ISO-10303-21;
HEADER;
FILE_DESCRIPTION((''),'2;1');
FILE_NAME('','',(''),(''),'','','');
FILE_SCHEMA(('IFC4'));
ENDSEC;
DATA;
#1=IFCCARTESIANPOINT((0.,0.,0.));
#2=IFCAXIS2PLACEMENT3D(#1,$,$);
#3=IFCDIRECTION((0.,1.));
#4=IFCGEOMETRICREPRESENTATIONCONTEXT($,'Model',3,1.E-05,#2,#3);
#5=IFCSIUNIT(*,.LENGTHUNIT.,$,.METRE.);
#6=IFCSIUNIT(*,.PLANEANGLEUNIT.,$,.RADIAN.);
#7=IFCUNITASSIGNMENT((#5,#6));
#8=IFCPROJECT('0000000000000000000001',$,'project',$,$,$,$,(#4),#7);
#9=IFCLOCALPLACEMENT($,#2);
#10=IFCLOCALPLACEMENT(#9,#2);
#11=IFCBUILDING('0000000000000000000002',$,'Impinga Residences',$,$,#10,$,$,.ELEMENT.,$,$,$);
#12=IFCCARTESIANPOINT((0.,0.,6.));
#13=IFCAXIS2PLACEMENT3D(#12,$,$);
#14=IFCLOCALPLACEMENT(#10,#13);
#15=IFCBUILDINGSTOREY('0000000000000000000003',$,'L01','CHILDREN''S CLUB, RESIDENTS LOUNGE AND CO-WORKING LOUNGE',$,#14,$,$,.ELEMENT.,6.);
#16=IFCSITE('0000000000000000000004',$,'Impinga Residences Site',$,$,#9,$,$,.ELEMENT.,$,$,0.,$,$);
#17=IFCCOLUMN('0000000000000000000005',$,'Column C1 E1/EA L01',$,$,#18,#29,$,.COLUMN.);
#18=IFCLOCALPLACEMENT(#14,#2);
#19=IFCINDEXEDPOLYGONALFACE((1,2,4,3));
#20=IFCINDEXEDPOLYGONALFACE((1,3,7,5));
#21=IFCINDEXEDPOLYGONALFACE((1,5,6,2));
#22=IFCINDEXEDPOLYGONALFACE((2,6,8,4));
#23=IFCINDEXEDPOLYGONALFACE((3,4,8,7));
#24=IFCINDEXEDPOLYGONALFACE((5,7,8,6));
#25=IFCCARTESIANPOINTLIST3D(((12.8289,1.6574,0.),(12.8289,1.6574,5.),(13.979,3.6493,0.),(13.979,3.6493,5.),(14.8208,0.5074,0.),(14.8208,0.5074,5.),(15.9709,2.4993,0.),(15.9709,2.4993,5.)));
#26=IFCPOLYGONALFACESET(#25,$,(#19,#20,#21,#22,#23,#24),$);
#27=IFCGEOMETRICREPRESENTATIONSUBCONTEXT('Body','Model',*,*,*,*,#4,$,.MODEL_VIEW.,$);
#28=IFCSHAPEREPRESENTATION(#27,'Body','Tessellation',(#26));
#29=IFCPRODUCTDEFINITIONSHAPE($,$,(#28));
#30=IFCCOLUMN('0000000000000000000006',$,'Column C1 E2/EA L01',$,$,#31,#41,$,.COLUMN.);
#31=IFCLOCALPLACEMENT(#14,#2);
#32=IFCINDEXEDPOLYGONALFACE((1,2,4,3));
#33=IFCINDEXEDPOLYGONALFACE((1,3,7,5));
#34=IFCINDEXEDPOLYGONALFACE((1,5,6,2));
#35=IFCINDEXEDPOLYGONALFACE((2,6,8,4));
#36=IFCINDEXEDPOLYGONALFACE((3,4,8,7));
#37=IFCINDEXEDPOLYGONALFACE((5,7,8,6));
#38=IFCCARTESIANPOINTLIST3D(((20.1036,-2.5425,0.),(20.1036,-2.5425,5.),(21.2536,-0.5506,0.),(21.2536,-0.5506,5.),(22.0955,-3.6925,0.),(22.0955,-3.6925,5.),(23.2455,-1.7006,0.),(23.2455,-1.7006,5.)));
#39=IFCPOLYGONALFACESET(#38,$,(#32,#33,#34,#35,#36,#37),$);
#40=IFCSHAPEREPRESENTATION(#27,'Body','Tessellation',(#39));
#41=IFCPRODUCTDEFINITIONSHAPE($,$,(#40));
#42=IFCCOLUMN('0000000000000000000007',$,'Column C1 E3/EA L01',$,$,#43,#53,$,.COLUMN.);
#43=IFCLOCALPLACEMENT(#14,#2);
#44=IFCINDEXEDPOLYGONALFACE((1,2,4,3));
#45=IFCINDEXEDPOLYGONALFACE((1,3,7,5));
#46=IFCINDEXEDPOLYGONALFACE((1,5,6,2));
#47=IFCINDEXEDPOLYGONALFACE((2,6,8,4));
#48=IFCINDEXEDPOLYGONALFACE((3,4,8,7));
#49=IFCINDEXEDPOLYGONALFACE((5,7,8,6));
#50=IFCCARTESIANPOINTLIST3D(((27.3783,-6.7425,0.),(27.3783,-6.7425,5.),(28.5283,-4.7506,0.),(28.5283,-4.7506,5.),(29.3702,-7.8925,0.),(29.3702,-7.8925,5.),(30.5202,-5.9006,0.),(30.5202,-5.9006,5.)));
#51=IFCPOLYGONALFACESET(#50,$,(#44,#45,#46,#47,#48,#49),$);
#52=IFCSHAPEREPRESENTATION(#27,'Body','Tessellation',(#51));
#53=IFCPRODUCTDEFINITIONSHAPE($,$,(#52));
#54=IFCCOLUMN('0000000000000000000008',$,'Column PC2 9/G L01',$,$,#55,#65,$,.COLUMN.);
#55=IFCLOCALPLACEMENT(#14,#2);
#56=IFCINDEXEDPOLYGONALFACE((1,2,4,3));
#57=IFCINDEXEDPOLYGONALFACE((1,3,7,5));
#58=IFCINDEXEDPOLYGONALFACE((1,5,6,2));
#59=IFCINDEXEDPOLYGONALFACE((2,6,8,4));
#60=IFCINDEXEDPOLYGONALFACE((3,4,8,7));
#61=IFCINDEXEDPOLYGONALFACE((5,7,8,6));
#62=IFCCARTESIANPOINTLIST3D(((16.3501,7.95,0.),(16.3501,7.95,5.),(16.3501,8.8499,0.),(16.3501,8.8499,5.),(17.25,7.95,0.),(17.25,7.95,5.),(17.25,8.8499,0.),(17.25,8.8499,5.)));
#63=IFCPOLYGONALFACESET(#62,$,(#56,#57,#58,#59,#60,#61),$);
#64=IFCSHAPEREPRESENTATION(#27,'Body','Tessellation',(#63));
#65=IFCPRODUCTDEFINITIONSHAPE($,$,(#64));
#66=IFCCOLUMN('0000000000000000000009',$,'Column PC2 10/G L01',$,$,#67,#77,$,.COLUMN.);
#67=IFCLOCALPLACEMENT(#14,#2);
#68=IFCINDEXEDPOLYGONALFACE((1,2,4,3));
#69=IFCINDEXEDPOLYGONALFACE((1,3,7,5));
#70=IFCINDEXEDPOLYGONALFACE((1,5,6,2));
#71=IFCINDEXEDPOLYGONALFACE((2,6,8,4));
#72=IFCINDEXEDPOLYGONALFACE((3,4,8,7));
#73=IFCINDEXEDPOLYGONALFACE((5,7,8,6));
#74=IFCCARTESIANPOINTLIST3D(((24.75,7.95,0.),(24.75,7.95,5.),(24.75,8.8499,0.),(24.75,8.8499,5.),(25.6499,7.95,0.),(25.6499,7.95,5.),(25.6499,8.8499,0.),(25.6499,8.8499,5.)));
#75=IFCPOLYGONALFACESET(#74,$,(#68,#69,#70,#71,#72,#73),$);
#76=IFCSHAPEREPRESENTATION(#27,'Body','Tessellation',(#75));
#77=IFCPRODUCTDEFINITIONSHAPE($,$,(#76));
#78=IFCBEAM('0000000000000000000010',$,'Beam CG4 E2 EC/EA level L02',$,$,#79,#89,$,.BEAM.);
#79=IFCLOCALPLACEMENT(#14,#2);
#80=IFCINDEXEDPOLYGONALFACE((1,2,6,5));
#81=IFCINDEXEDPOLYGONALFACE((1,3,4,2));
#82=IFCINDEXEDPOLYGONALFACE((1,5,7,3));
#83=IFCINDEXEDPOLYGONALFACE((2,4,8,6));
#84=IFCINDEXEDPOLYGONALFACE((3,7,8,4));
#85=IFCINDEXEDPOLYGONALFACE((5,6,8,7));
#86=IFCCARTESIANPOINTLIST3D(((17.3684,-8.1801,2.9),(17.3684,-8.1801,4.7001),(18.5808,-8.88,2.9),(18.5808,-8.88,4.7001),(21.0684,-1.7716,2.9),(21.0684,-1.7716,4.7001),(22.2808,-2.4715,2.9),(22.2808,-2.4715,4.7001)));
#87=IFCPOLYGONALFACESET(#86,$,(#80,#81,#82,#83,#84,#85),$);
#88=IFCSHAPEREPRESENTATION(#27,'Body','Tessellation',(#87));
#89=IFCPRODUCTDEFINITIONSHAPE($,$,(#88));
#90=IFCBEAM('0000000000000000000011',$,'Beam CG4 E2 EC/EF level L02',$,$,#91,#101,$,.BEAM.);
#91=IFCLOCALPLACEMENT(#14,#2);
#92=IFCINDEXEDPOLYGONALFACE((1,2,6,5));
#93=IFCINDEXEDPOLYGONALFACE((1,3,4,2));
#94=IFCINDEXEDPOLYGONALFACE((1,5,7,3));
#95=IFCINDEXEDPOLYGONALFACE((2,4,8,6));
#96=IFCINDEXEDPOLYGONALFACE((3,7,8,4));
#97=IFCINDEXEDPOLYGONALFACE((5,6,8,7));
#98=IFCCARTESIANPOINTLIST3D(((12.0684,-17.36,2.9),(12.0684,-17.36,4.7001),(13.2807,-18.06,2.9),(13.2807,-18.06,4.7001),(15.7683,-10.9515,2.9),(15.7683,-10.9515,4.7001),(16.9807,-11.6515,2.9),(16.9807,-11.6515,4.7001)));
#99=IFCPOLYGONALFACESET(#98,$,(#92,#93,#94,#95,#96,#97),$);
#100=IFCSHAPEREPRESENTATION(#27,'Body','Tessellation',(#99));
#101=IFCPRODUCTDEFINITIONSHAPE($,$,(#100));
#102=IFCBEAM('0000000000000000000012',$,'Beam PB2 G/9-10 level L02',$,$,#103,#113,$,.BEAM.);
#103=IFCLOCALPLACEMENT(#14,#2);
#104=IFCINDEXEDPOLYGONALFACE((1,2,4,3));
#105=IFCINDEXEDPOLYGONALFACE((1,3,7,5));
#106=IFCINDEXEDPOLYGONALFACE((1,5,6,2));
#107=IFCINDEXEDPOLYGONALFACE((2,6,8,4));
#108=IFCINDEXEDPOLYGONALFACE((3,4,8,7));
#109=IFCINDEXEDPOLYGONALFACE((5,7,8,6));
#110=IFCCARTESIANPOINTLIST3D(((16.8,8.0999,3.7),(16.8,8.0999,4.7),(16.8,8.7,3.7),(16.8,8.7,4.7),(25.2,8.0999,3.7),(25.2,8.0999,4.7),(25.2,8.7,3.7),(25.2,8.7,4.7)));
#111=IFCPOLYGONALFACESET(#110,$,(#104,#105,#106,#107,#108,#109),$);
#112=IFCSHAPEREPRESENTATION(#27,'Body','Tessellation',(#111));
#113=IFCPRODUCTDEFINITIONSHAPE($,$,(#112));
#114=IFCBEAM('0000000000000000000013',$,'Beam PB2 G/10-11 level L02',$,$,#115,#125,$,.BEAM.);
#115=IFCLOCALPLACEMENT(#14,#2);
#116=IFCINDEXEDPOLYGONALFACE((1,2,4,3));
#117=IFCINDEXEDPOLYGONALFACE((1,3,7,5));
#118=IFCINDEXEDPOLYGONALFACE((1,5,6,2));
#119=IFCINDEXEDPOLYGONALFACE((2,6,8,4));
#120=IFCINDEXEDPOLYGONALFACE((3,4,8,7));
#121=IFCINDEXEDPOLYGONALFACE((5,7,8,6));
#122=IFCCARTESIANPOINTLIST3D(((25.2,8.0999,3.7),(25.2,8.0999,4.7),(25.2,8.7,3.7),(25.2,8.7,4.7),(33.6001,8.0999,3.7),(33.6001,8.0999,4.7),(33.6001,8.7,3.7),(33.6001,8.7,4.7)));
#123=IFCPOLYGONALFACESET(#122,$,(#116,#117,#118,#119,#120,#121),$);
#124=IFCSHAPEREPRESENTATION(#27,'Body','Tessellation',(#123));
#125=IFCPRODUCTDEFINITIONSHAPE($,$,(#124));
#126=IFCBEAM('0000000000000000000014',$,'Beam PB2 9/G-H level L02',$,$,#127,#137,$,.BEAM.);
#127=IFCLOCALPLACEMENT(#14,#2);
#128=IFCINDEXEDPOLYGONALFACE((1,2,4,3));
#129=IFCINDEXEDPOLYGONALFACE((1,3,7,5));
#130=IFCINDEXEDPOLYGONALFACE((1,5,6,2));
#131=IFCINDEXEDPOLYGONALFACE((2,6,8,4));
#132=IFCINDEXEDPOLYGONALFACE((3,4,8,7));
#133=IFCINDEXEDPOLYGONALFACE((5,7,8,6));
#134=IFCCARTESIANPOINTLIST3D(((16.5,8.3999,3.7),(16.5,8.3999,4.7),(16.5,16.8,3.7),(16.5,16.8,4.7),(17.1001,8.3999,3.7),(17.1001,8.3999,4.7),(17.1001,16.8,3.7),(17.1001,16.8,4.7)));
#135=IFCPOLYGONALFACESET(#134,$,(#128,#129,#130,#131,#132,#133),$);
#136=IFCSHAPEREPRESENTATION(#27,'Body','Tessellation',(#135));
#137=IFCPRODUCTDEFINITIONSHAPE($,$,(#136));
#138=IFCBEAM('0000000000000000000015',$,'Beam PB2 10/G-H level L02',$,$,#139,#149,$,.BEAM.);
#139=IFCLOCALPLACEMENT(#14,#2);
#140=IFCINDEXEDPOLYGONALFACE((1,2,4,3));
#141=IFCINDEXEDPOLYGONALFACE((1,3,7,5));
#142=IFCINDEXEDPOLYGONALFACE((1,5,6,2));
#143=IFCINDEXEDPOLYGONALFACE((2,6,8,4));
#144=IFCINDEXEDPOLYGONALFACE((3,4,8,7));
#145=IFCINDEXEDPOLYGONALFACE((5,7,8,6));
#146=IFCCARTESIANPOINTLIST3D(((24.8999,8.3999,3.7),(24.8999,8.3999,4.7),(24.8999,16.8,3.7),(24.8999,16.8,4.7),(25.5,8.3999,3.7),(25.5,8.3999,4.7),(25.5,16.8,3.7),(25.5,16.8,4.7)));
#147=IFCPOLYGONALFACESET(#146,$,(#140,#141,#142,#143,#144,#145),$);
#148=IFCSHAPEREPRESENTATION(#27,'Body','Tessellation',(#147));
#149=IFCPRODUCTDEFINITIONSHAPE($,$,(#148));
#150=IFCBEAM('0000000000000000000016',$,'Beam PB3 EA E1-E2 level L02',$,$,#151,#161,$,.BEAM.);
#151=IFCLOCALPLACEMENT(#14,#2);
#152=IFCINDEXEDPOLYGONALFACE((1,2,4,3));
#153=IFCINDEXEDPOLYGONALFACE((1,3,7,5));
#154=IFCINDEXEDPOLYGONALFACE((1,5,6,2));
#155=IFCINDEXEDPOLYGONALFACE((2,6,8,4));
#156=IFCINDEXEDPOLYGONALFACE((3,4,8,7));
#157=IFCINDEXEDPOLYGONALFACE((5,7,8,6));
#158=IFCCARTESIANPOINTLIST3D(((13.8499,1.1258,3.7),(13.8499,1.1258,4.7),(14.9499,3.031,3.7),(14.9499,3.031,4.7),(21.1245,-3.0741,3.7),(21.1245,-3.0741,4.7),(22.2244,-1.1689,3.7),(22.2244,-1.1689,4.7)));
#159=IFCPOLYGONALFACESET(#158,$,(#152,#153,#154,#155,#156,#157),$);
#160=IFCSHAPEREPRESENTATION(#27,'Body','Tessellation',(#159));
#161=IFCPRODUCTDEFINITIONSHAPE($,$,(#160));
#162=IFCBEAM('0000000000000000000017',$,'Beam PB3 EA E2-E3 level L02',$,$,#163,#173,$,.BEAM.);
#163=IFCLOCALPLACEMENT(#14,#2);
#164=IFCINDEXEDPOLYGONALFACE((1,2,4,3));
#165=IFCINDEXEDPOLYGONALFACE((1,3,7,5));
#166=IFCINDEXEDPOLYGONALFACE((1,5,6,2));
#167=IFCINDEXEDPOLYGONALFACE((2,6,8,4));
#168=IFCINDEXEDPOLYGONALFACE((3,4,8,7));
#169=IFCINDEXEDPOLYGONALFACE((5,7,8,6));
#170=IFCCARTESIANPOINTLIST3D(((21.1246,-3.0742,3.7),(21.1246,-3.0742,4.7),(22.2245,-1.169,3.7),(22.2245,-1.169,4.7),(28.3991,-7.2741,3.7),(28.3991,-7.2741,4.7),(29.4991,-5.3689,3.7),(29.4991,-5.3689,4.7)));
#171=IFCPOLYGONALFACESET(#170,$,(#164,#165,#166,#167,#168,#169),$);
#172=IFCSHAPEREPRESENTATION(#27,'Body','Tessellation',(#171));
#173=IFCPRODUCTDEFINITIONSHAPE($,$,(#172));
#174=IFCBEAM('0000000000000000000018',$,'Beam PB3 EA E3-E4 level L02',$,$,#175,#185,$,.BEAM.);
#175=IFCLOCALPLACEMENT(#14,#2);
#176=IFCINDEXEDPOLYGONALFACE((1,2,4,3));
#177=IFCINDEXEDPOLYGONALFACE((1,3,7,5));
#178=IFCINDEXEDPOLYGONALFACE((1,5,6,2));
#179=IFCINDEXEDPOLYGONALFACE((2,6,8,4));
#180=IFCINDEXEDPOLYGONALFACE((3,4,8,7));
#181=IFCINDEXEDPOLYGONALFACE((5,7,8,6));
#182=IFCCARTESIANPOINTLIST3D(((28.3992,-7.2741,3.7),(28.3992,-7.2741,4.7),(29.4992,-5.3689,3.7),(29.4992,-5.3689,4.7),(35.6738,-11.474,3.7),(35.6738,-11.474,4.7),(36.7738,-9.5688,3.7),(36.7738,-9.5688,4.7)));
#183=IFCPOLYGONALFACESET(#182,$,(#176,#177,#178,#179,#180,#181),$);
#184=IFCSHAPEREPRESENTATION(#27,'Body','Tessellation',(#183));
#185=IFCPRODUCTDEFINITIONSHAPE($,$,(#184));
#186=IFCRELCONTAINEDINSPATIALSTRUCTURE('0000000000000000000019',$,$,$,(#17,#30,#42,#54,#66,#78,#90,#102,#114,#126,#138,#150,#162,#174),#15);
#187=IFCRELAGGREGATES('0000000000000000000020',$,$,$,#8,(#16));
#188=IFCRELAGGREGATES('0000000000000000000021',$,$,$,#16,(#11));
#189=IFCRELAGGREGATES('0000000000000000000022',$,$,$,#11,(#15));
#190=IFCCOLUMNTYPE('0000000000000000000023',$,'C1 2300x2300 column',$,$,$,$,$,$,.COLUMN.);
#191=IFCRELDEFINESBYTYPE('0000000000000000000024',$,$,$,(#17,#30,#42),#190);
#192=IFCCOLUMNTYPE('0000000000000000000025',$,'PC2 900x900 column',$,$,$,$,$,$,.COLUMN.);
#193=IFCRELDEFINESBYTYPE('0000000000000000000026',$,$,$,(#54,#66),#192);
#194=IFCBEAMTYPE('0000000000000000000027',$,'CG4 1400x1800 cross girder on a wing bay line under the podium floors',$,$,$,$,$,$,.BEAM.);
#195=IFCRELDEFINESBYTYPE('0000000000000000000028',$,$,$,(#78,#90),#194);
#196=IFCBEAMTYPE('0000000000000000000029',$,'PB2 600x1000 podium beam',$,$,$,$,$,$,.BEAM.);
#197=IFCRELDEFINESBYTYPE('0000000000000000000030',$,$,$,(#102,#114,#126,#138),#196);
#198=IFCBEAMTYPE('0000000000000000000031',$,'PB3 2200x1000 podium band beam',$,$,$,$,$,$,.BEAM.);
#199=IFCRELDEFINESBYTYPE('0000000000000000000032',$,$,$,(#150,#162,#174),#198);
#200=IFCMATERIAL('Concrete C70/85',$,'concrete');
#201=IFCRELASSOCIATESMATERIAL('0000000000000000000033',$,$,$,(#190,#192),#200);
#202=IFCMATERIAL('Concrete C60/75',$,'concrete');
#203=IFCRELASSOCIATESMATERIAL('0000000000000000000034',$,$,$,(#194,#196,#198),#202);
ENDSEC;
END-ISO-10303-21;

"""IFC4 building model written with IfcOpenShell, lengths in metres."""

from ifc_helpers import new_model, si_unit, direction, frame, origin, origin_2d, place, context, subcontext, project, spatial, rectangle, extrude, material, material_profile, profile_set, type_object, element, save


model = new_model("IFC4")

# Units and contexts
model_context = context("Model", 3, precision=1e-05, world=origin(), true_north=direction((0.0, 1.0)))
body_context = subcontext(model_context, "Body", "Model", "MODEL_VIEW")
ifc_project = project(units=[si_unit("LENGTHUNIT", "METRE"), si_unit("PLANEANGLEUNIT", "RADIAN")], contexts=[model_context])

# Site, building, storey
site_placement = place(None, origin())
site = spatial("IfcSite", under=ifc_project, at=site_placement, Name="Impinga Residences Site", CompositionType="ELEMENT", RefElevation=0.0)
building_placement = place(site_placement, origin())
building = spatial("IfcBuilding", under=site, at=building_placement, Name="Impinga Residences", CompositionType="ELEMENT")
storey_placement = place(building_placement, frame((0.0, 0.0, 6.0)))
storey = spatial("IfcBuildingStorey", under=building, at=storey_placement, Name="L01", Description="CHILDREN'S CLUB, RESIDENTS LOUNGE AND CO-WORKING LOUNGE", CompositionType="ELEMENT", Elevation=6.0)

# Columns
ifc_material_1 = material(Name="Concrete C70/85", Category="concrete")
ifc_material_profile_1 = material_profile(ifc_material_1, rectangle(XDim=2.3, YDim=2.3, at=origin_2d()), Name="RC 2300x2300")
ifc_profile_set_1 = profile_set([ifc_material_profile_1], Name="Concrete C70/85")
column_type_1 = type_object("IfcColumnType", Name="C1 2300x2300 column", PredefinedType="COLUMN", material=ifc_profile_set_1)
for number, where, z_axis, x_axis, name in (
    (1, (14.3999, 2.0784, 0.0), (0.0, 0.0, 1.0), (-0.5, -0.866025, 0.0), "Column C1 E1/EA L01"),
    (2, (21.6746, -2.1216, 0.0), (0.0, 0.0, 1.0), (-0.5, -0.866025, 0.0), "Column C1 E2/EA L01"),
    (3, (28.9492, -6.3215, 0.0), (0.0, 0.0, 1.0), (-0.5, -0.866025, 0.0), "Column C1 E3/EA L01"),
):
    element("IfcColumn", number, at=place(storey_placement, frame(where, z_axis=z_axis, x_axis=x_axis)), inside=storey, type_object=column_type_1, Name=name, PredefinedType="COLUMN", context=body_context, shape_type="SweptSolid", body=[
        extrude(rectangle(XDim=2.3, YDim=2.3, at=origin_2d()), origin(), (0.0, 0.0, 1.0), 5.0),
    ])
ifc_material_profile_2 = material_profile(ifc_material_1, rectangle(XDim=0.8999, YDim=0.8999, at=origin_2d()), Name="RC 900x900")
ifc_profile_set_2 = profile_set([ifc_material_profile_2], Name="Concrete C70/85")
column_type_2 = type_object("IfcColumnType", Name="PC2 900x900 column", PredefinedType="COLUMN", material=ifc_profile_set_2)
for number, where, z_axis, x_axis, name in (
    (4, (16.8, 8.3999, 0.0), (0.0, 0.0, 1.0), (1.0, 0.0, 0.0), "Column PC2 9/G L01"),
    (5, (25.2, 8.3999, 0.0), (0.0, 0.0, 1.0), (1.0, 0.0, 0.0), "Column PC2 10/G L01"),
):
    element("IfcColumn", number, at=place(storey_placement, frame(where, z_axis=z_axis, x_axis=x_axis)), inside=storey, type_object=column_type_2, Name=name, PredefinedType="COLUMN", context=body_context, shape_type="SweptSolid", body=[
        extrude(rectangle(XDim=0.8999, YDim=0.8999, at=origin_2d()), origin(), (0.0, 0.0, 1.0), 5.0),
    ])

# Beams
ifc_material_2 = material(Name="Concrete C60/75", Category="concrete")
ifc_material_profile_3 = material_profile(ifc_material_2, rectangle(XDim=1.3999, YDim=1.8, at=origin_2d()), Name="RC 1400x1800")
ifc_profile_set_3 = profile_set([ifc_material_profile_3], Name="Concrete C60/75")
beam_type_1 = type_object("IfcBeamType", Name="CG4 1400x1800 cross girder on a wing bay line under the podium floors", PredefinedType="BEAM", material=ifc_profile_set_3)
for number, where, z_axis, x_axis, name in (
    (6, (17.9746, -8.53, 3.8), (0.500003, 0.866024, 0.0), (-0.866024, 0.500003, 0.0), "Beam CG4 E2 EC/EA level L02"),
    (7, (16.3745, -11.3015, 3.8), (-0.500003, -0.866024, 0.0), (0.866024, -0.500003, 0.0), "Beam CG4 E2 EC/EF level L02"),
):
    element("IfcBeam", number, at=place(storey_placement, frame(where, z_axis=z_axis, x_axis=x_axis)), inside=storey, type_object=beam_type_1, Name=name, PredefinedType="BEAM", context=body_context, shape_type="SweptSolid", body=[
        extrude(rectangle(XDim=1.3999, YDim=1.8, at=origin_2d()), origin(), (0.0, 0.0, 1.0), 7.3999),
    ])
ifc_material_profile_4 = material_profile(ifc_material_2, rectangle(XDim=0.6001, YDim=1.0, at=origin_2d()), Name="RC 600x1000")
ifc_profile_set_4 = profile_set([ifc_material_profile_4], Name="Concrete C60/75")
beam_type_2 = type_object("IfcBeamType", Name="PB2 600x1000 podium beam", PredefinedType="BEAM", material=ifc_profile_set_4)
beam_placement = place(storey_placement, frame((16.8, 8.3999, 4.2), z_axis=(1.0, 0.0, 0.0), x_axis=(0.0, 1.0, 0.0)))
element("IfcBeam", 8, at=beam_placement, inside=storey, type_object=beam_type_2, Name="Beam PB2 G/9-10 level L02", PredefinedType="BEAM", context=body_context, shape_type="SweptSolid", body=[
    extrude(rectangle(XDim=0.6001, YDim=1.0, at=origin_2d()), origin(), (0.0, 0.0, 1.0), 8.3999),
])
for number, where, z_axis, x_axis, name in (
    (9, (25.2, 8.3999, 4.2), (1.0, 0.0, 0.0), (0.0, 1.0, 0.0), "Beam PB2 G/10-11 level L02"),
    (10, (16.8, 8.3999, 4.2), (0.0, 1.0, 0.0), (-1.0, 0.0, 0.0), "Beam PB2 9/G-H level L02"),
    (11, (25.2, 8.3999, 4.2), (0.0, 1.0, 0.0), (-1.0, 0.0, 0.0), "Beam PB2 10/G-H level L02"),
):
    element("IfcBeam", number, at=place(storey_placement, frame(where, z_axis=z_axis, x_axis=x_axis)), inside=storey, type_object=beam_type_2, Name=name, PredefinedType="BEAM", context=body_context, shape_type="SweptSolid", body=[
        extrude(rectangle(XDim=0.6001, YDim=1.0, at=origin_2d()), origin(), (0.0, 0.0, 1.0), 8.4001),
    ])
ifc_material_profile_5 = material_profile(ifc_material_2, rectangle(XDim=2.2, YDim=1.0, at=origin_2d()), Name="RC 2200x1000")
ifc_profile_set_5 = profile_set([ifc_material_profile_5], Name="Concrete C60/75")
beam_type_3 = type_object("IfcBeamType", Name="PB3 2200x1000 podium band beam", PredefinedType="BEAM", material=ifc_profile_set_5)
for number, where, z_axis, x_axis, name in (
    (12, (14.3999, 2.0784, 4.2), (0.866029, -0.499993, 0.0), (0.499993, 0.866029, 0.0), "Beam PB3 EA E1-E2 level L02"),
    (13, (21.6746, -2.1216, 4.2), (0.866029, -0.499993, 0.0), (0.499993, 0.866029, 0.0), "Beam PB3 EA E2-E3 level L02"),
    (14, (28.9492, -6.3215, 4.2), (0.866029, -0.499993, 0.0), (0.499993, 0.866029, 0.0), "Beam PB3 EA E3-E4 level L02"),
):
    element("IfcBeam", number, at=place(storey_placement, frame(where, z_axis=z_axis, x_axis=x_axis)), inside=storey, type_object=beam_type_3, Name=name, PredefinedType="BEAM", context=body_context, shape_type="SweptSolid", body=[
        extrude(rectangle(XDim=2.2, YDim=1.0, at=origin_2d()), origin(), (0.0, 0.0, 1.0), 8.3999),
    ])

save(model, "model.ifc")
